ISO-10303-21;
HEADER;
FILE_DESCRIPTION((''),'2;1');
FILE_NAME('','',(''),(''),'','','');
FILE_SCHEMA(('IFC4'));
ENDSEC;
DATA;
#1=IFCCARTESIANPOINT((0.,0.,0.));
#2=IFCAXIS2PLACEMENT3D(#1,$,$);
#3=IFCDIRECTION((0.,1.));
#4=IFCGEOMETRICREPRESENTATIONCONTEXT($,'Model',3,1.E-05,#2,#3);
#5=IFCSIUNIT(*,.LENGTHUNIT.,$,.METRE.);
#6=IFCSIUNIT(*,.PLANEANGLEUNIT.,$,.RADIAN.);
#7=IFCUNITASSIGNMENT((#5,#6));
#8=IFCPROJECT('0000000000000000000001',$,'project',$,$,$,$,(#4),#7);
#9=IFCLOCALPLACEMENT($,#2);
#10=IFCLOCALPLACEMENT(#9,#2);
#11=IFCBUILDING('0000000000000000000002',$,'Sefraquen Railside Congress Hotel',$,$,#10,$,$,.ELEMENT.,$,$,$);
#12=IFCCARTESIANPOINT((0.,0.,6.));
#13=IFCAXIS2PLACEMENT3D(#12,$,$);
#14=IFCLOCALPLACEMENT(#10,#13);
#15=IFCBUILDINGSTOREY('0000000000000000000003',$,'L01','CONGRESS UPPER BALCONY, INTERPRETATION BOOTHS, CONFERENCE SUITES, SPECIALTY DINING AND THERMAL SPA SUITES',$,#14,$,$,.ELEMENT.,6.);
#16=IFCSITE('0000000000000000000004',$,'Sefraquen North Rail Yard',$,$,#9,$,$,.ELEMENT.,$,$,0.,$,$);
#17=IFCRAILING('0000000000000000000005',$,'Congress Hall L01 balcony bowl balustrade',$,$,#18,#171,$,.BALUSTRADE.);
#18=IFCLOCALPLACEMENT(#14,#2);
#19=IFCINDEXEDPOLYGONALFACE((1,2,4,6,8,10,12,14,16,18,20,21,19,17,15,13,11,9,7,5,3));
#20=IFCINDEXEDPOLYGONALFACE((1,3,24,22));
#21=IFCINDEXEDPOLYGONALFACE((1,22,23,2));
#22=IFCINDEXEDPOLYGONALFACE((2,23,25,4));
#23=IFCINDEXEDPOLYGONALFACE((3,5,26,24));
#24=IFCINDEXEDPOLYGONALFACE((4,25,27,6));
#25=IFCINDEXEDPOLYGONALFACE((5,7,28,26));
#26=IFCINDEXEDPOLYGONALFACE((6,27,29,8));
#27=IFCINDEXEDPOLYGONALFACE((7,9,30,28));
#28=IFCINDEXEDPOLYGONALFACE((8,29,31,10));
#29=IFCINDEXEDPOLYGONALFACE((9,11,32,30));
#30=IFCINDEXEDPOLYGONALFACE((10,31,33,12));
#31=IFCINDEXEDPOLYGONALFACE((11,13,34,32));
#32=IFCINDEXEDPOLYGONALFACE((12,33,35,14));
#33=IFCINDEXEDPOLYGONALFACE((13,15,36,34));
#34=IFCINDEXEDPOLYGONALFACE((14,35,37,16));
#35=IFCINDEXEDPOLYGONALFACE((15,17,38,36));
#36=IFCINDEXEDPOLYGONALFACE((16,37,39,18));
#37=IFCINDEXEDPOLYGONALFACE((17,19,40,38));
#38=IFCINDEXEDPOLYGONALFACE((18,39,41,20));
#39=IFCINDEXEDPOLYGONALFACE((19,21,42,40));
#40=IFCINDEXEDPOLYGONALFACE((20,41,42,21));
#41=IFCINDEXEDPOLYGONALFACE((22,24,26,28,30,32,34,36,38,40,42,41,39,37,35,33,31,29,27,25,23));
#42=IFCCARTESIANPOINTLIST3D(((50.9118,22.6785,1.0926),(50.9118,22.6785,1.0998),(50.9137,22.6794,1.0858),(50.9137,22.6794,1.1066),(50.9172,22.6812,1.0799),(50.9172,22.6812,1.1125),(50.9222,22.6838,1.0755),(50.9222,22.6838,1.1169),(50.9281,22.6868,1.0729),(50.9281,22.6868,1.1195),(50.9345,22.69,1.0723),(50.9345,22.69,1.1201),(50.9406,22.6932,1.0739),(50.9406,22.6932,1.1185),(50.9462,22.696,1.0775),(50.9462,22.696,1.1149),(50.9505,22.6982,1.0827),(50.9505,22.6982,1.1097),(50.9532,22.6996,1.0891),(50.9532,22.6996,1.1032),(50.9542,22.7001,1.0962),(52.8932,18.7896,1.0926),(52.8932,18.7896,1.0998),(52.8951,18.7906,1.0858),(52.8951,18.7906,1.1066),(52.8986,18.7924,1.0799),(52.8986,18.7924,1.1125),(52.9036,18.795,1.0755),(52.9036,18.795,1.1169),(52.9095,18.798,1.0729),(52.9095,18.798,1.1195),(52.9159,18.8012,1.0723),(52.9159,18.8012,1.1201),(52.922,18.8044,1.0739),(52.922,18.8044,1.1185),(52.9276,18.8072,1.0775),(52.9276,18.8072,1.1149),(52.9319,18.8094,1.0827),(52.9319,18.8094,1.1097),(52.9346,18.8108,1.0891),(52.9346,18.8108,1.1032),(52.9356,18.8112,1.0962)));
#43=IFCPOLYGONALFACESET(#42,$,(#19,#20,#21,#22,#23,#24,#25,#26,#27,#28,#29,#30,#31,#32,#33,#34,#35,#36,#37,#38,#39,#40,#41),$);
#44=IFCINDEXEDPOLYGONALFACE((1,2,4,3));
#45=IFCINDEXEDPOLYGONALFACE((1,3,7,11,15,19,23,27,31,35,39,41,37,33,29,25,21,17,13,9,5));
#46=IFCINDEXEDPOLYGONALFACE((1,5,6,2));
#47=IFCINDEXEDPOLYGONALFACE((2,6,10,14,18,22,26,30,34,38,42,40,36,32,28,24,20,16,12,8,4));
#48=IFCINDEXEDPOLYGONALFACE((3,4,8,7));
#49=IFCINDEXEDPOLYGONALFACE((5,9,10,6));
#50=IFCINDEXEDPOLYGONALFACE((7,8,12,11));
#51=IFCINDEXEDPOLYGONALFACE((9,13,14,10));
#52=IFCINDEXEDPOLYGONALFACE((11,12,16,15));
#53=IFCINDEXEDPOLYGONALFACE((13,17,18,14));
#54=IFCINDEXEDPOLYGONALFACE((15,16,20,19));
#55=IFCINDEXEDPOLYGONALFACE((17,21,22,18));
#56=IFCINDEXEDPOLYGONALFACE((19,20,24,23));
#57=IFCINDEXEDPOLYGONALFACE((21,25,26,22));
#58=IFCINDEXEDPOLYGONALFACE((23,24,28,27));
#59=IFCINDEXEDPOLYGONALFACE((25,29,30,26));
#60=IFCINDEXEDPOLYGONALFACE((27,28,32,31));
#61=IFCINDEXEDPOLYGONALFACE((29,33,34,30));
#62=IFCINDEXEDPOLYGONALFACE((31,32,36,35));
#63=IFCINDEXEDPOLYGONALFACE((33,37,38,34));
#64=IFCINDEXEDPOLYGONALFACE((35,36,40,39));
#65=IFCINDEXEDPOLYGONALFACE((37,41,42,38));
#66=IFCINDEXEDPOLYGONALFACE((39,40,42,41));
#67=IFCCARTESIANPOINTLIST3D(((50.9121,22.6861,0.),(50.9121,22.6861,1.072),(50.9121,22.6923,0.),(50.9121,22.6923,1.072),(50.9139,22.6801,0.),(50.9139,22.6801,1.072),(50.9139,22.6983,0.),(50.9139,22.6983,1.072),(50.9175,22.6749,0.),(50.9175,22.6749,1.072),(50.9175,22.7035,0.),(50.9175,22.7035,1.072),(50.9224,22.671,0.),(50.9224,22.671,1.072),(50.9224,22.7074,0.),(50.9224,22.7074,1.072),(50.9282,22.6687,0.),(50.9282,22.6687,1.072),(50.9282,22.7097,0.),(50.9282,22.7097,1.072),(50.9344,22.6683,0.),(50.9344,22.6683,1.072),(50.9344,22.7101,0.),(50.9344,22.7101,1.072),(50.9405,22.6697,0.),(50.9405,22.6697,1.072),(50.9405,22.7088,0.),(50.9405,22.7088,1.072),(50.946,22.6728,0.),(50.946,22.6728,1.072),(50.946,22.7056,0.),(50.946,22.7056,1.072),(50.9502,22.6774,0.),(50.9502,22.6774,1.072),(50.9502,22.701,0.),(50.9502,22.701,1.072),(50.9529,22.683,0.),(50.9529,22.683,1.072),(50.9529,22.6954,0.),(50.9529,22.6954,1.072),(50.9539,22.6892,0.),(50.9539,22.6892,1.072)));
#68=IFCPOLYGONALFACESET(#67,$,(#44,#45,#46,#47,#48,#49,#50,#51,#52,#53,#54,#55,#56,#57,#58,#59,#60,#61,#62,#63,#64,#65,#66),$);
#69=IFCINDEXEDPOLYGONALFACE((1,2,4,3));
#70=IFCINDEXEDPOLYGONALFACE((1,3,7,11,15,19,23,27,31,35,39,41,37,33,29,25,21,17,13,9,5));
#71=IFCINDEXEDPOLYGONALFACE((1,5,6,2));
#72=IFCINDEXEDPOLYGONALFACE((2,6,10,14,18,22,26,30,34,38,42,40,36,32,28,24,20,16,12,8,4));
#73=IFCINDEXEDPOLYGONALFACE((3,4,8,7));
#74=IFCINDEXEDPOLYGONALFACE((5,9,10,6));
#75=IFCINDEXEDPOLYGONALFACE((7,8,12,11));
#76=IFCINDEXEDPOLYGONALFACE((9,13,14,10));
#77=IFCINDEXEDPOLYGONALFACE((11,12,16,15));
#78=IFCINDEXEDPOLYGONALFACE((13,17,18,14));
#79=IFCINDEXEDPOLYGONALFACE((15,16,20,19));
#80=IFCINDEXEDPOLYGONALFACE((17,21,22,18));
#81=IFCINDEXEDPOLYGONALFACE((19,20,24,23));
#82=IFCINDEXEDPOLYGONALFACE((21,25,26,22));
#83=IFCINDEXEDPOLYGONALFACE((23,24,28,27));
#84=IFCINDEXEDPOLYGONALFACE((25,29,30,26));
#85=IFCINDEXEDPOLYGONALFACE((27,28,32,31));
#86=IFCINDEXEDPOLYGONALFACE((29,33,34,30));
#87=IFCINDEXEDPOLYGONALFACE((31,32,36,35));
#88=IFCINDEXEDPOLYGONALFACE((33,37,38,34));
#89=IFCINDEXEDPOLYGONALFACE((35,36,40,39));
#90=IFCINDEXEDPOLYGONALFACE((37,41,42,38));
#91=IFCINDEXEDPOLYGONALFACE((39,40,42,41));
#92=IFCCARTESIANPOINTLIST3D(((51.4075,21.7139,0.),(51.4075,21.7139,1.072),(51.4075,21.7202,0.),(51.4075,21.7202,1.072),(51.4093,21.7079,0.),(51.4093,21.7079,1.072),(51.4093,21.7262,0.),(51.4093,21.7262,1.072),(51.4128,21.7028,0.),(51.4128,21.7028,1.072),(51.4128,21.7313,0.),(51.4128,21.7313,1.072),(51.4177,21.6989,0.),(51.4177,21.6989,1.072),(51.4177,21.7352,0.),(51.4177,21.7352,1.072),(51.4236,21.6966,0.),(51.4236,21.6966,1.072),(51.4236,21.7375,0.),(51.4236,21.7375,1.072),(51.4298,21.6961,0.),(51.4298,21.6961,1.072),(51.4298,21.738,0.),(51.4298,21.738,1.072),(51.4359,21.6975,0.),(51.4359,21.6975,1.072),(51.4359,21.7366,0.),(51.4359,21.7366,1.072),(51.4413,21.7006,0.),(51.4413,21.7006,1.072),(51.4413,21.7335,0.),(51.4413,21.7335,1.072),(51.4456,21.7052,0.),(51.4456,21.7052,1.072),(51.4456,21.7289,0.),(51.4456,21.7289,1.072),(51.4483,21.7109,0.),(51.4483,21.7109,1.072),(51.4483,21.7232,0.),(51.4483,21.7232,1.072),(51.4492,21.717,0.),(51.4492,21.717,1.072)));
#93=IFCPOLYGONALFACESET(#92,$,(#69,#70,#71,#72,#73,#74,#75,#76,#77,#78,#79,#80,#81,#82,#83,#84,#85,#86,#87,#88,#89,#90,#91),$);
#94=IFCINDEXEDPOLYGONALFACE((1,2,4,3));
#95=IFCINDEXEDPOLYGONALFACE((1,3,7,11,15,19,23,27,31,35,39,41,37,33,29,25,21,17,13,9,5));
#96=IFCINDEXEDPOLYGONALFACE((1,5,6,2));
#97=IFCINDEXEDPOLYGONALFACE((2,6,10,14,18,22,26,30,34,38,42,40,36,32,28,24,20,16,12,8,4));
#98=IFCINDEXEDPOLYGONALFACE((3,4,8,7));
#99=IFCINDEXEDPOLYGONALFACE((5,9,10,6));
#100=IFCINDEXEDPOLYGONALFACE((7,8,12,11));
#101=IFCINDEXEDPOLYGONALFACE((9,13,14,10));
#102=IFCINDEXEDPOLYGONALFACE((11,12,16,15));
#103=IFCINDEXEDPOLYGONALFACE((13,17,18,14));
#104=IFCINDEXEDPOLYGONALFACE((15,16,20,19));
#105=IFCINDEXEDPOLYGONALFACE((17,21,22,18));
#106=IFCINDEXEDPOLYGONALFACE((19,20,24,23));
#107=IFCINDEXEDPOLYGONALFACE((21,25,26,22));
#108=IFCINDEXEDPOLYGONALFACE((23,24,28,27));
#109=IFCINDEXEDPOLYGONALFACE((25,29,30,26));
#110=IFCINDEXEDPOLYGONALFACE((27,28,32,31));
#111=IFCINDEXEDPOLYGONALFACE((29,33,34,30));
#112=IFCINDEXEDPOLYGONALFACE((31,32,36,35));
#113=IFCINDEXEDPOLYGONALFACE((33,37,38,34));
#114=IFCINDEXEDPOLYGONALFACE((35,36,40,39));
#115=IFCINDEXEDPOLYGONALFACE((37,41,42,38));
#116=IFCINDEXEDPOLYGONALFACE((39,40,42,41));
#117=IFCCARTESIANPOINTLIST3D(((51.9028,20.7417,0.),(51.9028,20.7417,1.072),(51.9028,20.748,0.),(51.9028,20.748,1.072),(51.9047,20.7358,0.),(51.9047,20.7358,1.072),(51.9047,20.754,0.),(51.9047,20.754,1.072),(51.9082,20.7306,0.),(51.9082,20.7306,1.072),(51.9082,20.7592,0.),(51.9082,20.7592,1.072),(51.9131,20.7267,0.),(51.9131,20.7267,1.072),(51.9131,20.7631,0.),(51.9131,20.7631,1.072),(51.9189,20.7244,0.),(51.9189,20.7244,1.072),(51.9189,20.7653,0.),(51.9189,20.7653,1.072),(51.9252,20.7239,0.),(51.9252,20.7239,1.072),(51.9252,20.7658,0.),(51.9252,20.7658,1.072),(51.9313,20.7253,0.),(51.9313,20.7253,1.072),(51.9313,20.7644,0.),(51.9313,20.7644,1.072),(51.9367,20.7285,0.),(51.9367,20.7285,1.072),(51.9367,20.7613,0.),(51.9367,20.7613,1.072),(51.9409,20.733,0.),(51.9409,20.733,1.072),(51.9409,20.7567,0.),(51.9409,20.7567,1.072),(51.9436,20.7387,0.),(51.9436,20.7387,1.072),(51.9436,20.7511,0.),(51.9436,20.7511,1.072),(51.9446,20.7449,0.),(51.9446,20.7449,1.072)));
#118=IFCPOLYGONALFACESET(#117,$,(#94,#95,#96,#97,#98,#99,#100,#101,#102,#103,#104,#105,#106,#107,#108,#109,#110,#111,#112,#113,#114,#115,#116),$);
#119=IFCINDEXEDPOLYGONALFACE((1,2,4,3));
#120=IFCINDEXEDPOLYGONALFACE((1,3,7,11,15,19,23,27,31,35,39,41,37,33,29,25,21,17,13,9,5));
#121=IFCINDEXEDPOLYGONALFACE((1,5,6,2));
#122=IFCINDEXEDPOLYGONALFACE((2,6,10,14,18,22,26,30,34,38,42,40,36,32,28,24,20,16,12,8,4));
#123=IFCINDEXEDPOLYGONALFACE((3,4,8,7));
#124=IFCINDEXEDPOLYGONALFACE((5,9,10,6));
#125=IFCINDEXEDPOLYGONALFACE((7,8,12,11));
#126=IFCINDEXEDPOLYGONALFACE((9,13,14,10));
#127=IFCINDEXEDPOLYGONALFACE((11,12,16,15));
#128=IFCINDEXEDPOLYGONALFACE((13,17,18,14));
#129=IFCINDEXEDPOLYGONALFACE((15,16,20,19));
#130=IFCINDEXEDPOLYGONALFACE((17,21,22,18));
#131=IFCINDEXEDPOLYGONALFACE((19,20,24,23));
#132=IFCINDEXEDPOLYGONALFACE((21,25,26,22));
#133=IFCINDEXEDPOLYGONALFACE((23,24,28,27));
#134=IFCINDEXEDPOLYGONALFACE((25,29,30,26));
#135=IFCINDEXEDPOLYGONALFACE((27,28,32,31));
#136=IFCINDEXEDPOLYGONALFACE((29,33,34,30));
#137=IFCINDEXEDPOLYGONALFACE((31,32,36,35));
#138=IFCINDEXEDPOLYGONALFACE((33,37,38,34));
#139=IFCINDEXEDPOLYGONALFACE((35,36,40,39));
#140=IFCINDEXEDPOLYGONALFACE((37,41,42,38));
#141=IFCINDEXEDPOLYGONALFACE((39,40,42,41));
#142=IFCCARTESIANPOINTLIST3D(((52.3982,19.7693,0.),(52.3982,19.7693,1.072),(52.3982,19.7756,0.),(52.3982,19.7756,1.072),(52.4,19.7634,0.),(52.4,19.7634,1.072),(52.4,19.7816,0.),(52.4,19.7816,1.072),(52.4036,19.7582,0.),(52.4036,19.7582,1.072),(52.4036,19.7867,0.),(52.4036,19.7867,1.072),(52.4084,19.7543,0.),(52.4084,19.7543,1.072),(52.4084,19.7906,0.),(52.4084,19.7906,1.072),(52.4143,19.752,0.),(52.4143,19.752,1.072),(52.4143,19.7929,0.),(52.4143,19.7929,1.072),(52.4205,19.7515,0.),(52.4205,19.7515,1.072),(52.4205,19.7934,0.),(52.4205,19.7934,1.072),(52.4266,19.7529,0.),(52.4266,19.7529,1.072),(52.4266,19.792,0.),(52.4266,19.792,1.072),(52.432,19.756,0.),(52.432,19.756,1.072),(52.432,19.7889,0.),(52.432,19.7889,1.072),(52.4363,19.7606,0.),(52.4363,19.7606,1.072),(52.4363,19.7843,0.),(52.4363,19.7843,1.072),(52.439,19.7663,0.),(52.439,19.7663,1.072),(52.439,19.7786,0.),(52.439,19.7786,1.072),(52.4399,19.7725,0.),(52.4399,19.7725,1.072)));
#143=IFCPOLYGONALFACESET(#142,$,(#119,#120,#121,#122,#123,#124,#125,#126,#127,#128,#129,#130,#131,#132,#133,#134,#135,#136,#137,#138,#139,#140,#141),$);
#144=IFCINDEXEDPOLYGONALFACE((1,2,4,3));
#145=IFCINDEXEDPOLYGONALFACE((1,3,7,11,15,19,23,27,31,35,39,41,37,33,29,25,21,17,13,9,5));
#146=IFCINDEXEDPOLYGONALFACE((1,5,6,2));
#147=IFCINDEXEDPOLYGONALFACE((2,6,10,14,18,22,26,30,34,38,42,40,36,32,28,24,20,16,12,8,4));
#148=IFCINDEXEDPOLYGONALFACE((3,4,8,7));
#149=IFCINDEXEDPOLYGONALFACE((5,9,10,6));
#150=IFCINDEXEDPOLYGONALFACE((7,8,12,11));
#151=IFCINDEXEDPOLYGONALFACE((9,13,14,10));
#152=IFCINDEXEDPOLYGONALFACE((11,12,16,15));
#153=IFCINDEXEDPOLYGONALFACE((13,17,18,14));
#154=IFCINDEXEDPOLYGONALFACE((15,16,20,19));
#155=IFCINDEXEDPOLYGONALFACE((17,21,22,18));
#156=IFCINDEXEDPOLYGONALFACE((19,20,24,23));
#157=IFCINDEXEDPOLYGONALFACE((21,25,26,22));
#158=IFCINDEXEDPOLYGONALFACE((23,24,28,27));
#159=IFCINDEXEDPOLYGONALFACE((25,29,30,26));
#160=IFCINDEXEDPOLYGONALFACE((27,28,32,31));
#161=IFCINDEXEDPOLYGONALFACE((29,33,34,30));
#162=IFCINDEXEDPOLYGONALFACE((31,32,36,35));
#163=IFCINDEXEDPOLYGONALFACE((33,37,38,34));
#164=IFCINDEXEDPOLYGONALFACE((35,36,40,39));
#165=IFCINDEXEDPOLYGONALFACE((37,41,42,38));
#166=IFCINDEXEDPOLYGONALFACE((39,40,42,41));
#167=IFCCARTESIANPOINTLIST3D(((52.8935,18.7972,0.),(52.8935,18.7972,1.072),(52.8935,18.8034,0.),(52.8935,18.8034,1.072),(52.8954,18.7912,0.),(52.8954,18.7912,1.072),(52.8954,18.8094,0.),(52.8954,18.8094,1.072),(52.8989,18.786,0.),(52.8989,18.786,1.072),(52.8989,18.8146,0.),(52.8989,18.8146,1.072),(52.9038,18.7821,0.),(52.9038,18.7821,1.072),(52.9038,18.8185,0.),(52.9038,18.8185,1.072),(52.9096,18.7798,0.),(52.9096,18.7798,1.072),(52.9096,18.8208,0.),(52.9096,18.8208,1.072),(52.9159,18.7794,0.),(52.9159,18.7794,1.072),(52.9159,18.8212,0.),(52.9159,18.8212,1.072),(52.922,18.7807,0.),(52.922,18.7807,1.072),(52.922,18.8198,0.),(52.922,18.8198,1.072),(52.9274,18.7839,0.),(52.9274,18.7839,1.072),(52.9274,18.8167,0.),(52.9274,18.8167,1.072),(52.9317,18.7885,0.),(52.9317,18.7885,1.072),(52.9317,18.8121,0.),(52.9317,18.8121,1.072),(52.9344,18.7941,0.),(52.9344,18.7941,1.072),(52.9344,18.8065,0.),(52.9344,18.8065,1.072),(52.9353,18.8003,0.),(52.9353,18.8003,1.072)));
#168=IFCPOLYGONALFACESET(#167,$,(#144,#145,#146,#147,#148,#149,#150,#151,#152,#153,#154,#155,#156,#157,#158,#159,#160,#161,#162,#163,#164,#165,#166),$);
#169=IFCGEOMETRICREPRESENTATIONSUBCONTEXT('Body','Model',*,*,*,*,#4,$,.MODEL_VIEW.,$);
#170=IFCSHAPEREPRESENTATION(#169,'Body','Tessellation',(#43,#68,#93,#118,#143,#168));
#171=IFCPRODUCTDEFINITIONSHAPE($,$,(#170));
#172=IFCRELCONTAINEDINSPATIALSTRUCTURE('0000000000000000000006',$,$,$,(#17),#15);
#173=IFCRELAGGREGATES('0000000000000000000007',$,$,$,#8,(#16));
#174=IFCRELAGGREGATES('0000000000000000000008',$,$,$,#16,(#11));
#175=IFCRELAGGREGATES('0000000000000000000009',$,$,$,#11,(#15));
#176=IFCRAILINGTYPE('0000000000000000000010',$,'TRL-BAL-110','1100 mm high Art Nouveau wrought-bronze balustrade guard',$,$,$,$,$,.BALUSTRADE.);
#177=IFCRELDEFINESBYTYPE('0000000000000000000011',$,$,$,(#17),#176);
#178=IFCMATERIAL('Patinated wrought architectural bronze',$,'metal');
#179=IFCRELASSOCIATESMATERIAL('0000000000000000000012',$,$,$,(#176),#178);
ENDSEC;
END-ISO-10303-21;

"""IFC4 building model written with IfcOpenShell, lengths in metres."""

from ifc_helpers import new_model, si_unit, direction, frame, origin, origin_2d, place, context, subcontext, project, spatial, circle, extrude, material, type_object, element, save


model = new_model("IFC4")

# Units and contexts
model_context = context("Model", 3, precision=1e-05, world=origin(), true_north=direction((0.0, 1.0)))
body_context = subcontext(model_context, "Body", "Model", "MODEL_VIEW")
ifc_project = project(units=[si_unit("LENGTHUNIT", "METRE"), si_unit("PLANEANGLEUNIT", "RADIAN")], contexts=[model_context])

# Site, building, storey
site_placement = place(None, origin())
site = spatial("IfcSite", under=ifc_project, at=site_placement, Name="Sefraquen North Rail Yard", CompositionType="ELEMENT", RefElevation=0.0)
building_placement = place(site_placement, origin())
building = spatial("IfcBuilding", under=site, at=building_placement, Name="Sefraquen Railside Congress Hotel", CompositionType="ELEMENT")
storey_placement = place(building_placement, frame((0.0, 0.0, 6.0)))
storey = spatial("IfcBuildingStorey", under=building, at=storey_placement, Name="L01", Description="CONGRESS UPPER BALCONY, INTERPRETATION BOOTHS, CONFERENCE SUITES, SPECIALTY DINING AND THERMAL SPA SUITES", CompositionType="ELEMENT", Elevation=6.0)

# Railing
ifc_material_1 = material(Name="Patinated wrought architectural bronze", Category="metal")
railing_type = type_object("IfcRailingType", Name="TRL-BAL-110", Description="1100 mm high Art Nouveau wrought-bronze balustrade guard", PredefinedType="BALUSTRADE", material=ifc_material_1)
railing_1_placement = place(storey_placement, frame((50.9329, 22.6892, 0.0)))
element("IfcRailing", 1, at=railing_1_placement, inside=storey, type_object=railing_type, Name="Congress Hall L01 balcony bowl balustrade", PredefinedType="BALUSTRADE", context=body_context, shape_type="SweptSolid", body=[
    extrude(circle(Radius=0.0239, at=origin_2d()), frame((0.0, 0.0, 1.0962), z_axis=(0.45398, -0.891012, 0.0), x_axis=(0.891012, 0.45398, 0.0)), (0.0, 0.0, 1.0), 4.3645),
    extrude(circle(Radius=0.021, at=origin_2d()), origin(), (0.0, 0.0, 1.0), 1.072),
    extrude(circle(Radius=0.021, at=origin_2d()), frame((0.4954, -0.9722, 0.0)), (0.0, 0.0, 1.0), 1.072),
    extrude(circle(Radius=0.021, at=origin_2d()), frame((0.9907, -1.9443, 0.0)), (0.0, 0.0, 1.0), 1.072),
    extrude(circle(Radius=0.021, at=origin_2d()), frame((1.4861, -2.9167, 0.0)), (0.0, 0.0, 1.0), 1.072),
    extrude(circle(Radius=0.021, at=origin_2d()), frame((1.9814, -3.8889, 0.0)), (0.0, 0.0, 1.0), 1.072),
])

save(model, "model.ifc")
